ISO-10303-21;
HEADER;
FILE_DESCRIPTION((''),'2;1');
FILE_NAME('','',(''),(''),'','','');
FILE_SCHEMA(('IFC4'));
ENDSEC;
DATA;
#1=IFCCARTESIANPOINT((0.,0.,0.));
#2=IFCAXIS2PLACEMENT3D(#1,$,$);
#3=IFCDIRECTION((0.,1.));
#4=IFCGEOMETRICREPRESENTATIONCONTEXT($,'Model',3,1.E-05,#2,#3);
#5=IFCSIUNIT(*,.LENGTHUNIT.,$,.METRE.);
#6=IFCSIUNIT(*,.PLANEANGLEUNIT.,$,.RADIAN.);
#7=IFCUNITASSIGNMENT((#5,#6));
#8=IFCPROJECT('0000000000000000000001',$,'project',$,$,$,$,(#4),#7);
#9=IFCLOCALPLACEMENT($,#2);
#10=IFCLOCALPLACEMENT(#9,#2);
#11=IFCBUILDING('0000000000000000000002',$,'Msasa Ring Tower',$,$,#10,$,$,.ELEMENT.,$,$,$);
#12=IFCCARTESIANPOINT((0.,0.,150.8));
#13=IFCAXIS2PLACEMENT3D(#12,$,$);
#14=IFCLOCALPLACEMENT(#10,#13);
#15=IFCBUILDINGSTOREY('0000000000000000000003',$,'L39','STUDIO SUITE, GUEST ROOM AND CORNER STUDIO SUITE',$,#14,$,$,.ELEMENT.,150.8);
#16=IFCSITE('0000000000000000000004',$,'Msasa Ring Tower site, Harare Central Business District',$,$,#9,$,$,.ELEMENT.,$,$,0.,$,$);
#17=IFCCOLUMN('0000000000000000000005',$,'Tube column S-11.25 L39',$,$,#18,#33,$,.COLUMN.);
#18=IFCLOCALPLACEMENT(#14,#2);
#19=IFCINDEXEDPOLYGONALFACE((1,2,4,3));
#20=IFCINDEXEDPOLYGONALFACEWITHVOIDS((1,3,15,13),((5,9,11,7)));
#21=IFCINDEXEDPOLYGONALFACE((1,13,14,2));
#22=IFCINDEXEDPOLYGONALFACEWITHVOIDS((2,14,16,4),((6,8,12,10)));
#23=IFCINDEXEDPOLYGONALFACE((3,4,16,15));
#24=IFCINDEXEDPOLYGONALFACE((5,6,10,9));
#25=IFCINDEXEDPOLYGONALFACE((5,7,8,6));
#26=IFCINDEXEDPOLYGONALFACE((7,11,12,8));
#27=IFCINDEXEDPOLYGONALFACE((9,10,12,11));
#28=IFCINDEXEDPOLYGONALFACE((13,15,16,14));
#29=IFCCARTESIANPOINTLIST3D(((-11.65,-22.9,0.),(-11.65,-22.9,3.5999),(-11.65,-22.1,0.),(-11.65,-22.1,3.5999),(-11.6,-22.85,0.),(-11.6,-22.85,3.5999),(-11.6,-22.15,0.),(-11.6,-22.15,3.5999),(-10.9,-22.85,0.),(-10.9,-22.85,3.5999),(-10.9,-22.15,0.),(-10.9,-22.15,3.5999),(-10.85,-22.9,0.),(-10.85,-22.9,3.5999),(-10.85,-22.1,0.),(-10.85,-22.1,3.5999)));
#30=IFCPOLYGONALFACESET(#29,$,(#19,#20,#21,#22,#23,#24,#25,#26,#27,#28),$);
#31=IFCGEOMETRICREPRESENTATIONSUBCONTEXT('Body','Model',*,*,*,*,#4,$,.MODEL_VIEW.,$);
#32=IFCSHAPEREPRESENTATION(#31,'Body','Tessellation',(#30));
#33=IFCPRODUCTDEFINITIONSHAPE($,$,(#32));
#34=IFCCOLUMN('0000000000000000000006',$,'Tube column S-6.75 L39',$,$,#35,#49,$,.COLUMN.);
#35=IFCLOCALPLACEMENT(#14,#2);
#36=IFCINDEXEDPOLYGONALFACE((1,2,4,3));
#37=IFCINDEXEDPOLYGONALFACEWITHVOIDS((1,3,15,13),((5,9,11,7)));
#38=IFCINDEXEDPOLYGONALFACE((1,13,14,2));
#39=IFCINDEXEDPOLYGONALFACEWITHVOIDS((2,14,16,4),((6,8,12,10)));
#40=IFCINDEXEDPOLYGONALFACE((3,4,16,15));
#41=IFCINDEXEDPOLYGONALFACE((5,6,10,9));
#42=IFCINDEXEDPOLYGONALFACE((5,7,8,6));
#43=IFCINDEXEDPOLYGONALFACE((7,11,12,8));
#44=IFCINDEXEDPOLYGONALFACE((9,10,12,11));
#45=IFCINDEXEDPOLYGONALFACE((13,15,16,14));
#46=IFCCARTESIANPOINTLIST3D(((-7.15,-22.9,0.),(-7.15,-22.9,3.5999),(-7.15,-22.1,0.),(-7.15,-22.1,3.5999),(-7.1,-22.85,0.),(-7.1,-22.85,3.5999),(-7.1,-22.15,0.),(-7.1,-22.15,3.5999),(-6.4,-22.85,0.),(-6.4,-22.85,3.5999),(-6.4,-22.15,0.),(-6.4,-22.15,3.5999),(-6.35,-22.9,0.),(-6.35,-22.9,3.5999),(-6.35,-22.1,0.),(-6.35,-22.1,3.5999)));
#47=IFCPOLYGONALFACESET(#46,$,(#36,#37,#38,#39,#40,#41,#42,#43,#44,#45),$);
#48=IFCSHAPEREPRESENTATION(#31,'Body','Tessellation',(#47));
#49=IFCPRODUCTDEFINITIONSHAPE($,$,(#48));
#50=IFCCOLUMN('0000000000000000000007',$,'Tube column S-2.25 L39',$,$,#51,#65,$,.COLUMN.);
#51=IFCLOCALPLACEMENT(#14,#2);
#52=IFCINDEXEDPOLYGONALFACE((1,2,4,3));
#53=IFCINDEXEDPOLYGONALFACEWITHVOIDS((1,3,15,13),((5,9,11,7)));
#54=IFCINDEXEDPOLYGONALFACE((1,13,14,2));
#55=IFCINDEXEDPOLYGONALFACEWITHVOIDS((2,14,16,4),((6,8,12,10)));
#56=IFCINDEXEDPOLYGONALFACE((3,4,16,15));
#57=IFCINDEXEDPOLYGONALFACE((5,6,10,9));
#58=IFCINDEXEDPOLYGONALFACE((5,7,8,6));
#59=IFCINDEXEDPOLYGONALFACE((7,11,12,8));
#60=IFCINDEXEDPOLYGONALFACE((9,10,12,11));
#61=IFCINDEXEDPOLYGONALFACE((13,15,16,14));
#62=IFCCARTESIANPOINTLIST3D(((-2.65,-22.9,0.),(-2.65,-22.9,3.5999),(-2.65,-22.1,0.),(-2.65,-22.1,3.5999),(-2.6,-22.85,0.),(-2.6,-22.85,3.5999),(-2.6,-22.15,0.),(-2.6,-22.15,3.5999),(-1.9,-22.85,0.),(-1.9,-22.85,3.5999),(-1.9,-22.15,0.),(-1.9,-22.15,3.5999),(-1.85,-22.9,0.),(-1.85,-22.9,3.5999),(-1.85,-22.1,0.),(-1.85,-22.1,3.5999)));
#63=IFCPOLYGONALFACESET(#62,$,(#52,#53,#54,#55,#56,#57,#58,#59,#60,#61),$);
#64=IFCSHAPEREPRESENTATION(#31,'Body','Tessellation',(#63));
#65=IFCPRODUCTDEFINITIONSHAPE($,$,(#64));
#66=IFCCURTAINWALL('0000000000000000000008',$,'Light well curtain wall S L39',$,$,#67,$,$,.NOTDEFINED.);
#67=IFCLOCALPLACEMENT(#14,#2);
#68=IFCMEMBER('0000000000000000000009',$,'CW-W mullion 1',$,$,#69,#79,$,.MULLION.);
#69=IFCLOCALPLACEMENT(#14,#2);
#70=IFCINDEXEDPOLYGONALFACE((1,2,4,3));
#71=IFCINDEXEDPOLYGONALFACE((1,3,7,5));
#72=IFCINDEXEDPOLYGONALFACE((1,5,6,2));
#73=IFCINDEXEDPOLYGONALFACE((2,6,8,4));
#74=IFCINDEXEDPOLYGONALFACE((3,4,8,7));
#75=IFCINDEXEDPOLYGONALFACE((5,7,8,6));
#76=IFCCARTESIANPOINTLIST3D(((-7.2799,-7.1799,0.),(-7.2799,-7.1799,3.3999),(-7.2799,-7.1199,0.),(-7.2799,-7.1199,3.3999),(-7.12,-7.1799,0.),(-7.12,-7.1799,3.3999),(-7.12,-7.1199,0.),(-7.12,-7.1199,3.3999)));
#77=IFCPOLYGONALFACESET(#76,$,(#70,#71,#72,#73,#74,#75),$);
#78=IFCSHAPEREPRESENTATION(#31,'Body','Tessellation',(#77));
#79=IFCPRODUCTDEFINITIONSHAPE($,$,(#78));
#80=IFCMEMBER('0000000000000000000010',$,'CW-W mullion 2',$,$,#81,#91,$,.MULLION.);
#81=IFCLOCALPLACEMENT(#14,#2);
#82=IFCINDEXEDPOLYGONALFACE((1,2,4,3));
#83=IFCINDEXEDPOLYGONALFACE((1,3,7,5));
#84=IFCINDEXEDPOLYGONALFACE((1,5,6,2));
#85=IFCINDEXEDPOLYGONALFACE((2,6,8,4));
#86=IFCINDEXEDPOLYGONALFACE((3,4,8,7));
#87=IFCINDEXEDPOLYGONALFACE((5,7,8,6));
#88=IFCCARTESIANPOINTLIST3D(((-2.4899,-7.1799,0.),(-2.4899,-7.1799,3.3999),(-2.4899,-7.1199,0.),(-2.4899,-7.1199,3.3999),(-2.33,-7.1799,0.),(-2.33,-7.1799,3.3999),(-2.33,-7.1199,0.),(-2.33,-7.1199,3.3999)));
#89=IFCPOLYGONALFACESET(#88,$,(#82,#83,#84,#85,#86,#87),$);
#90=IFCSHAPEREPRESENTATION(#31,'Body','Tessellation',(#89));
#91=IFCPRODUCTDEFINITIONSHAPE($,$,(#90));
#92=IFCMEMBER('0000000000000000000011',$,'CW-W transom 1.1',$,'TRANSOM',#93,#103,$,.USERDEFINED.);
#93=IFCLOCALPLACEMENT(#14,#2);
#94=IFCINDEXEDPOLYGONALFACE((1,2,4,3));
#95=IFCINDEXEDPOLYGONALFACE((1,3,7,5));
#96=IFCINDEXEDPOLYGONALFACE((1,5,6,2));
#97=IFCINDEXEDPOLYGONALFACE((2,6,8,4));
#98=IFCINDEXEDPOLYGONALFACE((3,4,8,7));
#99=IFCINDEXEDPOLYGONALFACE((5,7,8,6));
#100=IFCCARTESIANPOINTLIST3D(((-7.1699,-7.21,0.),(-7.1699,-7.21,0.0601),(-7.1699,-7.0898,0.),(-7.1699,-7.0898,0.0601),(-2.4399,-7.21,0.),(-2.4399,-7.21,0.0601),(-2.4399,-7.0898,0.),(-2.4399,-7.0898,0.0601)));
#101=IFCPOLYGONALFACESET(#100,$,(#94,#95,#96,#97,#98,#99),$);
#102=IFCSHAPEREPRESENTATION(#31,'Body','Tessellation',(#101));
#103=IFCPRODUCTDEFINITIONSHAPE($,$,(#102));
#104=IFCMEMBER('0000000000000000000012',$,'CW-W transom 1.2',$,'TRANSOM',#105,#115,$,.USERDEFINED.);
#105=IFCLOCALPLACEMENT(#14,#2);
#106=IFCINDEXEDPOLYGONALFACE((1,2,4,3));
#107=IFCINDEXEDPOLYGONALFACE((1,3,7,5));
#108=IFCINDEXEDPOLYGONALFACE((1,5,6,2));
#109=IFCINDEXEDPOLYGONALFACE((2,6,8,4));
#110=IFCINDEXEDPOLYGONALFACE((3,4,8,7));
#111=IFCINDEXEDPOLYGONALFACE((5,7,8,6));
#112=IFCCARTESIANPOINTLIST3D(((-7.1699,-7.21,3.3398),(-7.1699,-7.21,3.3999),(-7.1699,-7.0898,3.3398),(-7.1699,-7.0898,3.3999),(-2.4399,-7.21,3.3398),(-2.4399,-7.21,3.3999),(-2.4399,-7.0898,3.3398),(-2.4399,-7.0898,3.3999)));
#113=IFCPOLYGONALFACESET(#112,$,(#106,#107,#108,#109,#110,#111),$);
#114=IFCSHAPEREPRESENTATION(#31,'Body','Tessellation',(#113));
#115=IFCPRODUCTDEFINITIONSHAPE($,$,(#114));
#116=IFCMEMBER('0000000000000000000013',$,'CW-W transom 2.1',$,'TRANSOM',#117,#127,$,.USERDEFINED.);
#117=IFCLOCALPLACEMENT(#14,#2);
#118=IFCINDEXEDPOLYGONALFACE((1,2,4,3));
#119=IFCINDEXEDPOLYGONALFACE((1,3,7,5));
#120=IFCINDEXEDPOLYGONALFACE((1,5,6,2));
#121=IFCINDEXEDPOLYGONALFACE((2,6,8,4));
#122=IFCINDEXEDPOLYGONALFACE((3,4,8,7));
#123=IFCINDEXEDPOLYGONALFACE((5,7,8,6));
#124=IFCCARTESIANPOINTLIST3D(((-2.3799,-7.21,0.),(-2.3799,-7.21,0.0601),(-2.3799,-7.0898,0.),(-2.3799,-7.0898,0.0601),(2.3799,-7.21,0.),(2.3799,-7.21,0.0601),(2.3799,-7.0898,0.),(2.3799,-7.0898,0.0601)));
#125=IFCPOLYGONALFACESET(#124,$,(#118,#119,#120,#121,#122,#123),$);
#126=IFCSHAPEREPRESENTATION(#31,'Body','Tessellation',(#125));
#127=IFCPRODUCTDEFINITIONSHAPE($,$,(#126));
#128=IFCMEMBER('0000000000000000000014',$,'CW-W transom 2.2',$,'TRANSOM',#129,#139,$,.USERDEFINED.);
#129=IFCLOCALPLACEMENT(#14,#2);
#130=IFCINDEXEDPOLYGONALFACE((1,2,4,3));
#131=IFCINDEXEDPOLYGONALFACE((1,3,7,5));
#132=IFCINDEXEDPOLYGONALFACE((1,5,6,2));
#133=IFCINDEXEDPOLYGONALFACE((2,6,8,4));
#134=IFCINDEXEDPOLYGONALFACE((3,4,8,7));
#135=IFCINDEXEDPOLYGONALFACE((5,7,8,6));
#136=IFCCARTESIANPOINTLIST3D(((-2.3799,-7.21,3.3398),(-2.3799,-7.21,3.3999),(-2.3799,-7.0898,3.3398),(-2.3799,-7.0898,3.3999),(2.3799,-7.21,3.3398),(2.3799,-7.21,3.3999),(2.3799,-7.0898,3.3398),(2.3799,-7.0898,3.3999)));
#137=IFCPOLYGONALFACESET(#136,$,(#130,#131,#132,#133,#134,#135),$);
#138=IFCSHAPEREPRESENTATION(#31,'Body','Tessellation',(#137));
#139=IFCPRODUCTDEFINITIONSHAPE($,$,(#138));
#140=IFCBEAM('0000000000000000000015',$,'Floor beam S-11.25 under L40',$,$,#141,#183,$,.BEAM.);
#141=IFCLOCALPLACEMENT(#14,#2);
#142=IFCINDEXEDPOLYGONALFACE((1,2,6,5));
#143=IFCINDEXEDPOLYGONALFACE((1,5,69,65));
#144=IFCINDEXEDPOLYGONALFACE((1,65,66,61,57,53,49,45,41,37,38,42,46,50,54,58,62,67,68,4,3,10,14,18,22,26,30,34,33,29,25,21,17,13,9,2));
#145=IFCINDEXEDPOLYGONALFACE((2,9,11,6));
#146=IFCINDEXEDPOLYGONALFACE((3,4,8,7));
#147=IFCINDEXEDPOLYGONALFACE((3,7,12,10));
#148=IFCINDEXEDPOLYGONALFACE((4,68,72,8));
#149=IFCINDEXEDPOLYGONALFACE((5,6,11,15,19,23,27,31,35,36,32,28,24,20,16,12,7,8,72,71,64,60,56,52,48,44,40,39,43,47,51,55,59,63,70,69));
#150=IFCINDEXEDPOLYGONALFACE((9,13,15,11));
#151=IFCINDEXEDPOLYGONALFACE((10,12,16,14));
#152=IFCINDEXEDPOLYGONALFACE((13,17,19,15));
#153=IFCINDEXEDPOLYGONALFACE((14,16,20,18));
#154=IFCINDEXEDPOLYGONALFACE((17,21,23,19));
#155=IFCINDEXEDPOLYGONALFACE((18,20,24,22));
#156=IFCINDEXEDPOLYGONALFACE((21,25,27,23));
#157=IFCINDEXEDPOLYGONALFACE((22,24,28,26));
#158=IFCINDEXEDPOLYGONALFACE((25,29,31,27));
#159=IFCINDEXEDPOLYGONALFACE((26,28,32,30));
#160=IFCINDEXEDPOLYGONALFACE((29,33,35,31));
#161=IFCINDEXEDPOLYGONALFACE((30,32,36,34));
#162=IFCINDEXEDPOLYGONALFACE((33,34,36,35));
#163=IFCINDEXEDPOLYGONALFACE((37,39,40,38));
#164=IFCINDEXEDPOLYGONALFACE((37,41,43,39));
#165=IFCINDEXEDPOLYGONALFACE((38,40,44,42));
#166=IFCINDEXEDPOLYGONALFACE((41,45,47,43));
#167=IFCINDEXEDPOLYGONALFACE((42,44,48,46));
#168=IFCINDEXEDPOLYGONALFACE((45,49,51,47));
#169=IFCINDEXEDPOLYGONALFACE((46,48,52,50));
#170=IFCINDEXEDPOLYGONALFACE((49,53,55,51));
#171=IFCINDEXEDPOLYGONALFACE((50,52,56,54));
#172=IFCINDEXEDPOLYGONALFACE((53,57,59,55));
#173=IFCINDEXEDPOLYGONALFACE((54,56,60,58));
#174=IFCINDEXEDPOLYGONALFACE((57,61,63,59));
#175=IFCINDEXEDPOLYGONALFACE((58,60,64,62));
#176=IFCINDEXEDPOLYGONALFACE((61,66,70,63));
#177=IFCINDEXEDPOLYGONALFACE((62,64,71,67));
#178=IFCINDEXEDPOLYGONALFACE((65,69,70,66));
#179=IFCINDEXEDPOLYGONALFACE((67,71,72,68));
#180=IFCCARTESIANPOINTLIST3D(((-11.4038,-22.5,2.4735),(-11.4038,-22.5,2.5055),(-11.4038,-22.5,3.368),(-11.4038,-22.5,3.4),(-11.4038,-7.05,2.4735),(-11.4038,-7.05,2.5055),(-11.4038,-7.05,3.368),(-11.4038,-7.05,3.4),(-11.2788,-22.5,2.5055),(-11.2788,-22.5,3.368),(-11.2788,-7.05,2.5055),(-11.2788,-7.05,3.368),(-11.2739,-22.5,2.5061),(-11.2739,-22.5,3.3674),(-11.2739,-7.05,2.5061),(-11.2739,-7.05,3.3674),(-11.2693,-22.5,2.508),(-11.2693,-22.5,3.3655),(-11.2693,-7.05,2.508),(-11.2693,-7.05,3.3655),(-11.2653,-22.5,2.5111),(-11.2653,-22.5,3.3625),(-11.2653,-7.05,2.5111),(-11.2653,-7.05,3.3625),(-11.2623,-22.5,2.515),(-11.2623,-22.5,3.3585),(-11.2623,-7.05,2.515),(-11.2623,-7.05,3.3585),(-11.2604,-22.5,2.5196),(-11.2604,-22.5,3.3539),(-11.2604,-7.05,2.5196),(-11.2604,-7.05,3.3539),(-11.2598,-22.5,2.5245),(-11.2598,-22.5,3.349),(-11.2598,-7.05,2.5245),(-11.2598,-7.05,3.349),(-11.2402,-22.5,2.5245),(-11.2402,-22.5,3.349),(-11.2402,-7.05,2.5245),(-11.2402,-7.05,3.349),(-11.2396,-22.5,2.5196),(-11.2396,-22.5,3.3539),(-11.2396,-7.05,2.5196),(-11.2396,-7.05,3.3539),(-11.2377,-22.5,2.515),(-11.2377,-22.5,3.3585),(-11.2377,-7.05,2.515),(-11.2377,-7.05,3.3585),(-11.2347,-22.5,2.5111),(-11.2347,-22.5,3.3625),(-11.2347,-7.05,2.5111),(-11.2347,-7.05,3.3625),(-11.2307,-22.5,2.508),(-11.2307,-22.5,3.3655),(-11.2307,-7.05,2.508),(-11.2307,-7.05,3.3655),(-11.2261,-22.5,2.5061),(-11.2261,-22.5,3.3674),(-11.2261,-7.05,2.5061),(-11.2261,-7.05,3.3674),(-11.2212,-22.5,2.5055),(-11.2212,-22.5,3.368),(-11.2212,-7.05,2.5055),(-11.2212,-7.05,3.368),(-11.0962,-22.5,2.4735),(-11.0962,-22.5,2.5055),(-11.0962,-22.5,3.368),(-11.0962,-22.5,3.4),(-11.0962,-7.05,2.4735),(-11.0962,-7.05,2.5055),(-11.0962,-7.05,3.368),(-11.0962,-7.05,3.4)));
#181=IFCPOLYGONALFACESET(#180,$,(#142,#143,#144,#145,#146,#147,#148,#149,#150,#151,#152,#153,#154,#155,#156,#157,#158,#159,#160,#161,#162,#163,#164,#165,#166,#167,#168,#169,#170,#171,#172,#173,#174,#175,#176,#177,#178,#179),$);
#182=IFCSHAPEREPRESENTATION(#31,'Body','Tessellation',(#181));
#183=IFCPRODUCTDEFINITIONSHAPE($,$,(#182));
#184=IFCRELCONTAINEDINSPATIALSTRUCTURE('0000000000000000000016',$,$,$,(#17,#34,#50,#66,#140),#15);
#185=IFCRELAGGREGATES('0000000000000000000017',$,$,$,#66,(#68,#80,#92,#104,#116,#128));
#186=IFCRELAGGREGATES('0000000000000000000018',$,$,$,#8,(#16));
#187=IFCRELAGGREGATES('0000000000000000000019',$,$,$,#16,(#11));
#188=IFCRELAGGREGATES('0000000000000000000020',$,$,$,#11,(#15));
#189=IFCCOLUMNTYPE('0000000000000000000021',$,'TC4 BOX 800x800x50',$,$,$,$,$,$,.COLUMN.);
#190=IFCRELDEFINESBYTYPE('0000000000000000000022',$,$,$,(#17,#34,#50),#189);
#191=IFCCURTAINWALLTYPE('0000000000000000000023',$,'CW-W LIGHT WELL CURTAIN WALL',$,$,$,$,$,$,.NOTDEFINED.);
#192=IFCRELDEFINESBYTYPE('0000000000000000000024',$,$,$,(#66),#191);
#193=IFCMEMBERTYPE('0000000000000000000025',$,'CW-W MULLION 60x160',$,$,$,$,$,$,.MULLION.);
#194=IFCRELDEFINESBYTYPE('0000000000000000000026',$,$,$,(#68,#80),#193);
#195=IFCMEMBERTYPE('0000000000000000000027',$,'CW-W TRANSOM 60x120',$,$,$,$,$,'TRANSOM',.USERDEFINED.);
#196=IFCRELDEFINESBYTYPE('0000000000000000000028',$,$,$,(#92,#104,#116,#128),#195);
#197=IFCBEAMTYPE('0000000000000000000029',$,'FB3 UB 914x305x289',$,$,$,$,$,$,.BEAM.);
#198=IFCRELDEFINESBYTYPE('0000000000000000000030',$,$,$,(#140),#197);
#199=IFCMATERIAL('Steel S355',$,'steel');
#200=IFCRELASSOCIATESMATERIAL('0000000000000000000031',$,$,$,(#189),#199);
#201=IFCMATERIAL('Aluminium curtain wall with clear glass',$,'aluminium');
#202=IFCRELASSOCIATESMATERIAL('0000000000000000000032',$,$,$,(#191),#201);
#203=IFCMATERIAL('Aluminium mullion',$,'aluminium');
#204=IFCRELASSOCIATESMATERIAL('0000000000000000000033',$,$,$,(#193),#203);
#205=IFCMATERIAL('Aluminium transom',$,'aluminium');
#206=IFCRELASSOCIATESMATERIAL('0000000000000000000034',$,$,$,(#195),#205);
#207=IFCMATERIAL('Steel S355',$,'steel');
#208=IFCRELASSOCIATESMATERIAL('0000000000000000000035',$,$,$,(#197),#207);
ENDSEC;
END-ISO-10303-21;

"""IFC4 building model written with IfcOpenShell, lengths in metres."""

from ifc_helpers import new_model, si_unit, direction, frame, origin, origin_2d, place, context, subcontext, project, spatial, rectangle, hollow_rectangle, i_section, extrude, material, material_profile, profile_set, type_object, element, aggregate, save


model = new_model("IFC4")

# Units and contexts
model_context = context("Model", 3, precision=1e-05, world=origin(), true_north=direction((0.0, 1.0)))
body_context = subcontext(model_context, "Body", "Model", "MODEL_VIEW")
ifc_project = project(units=[si_unit("LENGTHUNIT", "METRE"), si_unit("PLANEANGLEUNIT", "RADIAN")], contexts=[model_context])

# Site, building, storey
site_placement = place(None, origin())
site = spatial("IfcSite", under=ifc_project, at=site_placement, Name="Msasa Ring Tower site, Harare Central Business District", CompositionType="ELEMENT", RefElevation=0.0)
building_placement = place(site_placement, origin())
building = spatial("IfcBuilding", under=site, at=building_placement, Name="Msasa Ring Tower", CompositionType="ELEMENT")
storey_placement = place(building_placement, frame((0.0, 0.0, 150.8)))
storey = spatial("IfcBuildingStorey", under=building, at=storey_placement, Name="L39", Description="STUDIO SUITE, GUEST ROOM AND CORNER STUDIO SUITE", CompositionType="ELEMENT", Elevation=150.8)

# Columns
ifc_material_1 = material(Name="Steel S355", Category="steel")
ifc_material_profile_1 = material_profile(ifc_material_1, hollow_rectangle(XDim=0.8, YDim=0.8, WallThickness=0.05, at=origin_2d()), Name="BOX 800x800x50")
ifc_profile_set_1 = profile_set([ifc_material_profile_1], Name="Steel S355")
column_type = type_object("IfcColumnType", Name="TC4 BOX 800x800x50", PredefinedType="COLUMN", material=ifc_profile_set_1)
for number, where, z_axis, x_axis, name in (
    (1, (-11.25, -22.5, 0.0), (0.0, 0.0, 1.0), (0.0, 1.0, 0.0), "Tube column S-11.25 L39"),
    (2, (-6.75, -22.5, 0.0), (0.0, 0.0, 1.0), (0.0, 1.0, 0.0), "Tube column S-6.75 L39"),
    (3, (-2.25, -22.5, 0.0), (0.0, 0.0, 1.0), (0.0, 1.0, 0.0), "Tube column S-2.25 L39"),
):
    element("IfcColumn", number, at=place(storey_placement, frame(where, z_axis=z_axis, x_axis=x_axis)), inside=storey, type_object=column_type, Name=name, PredefinedType="COLUMN", context=body_context, shape_type="SweptSolid", body=[
        extrude(hollow_rectangle(XDim=0.8, YDim=0.8, WallThickness=0.05, at=origin_2d()), origin(), (0.0, 0.0, 1.0), 3.5999),
    ])

# Curtain wall, members
ifc_material_2 = material(Name="Aluminium curtain wall with clear glass", Category="aluminium")
curtain_wall_type = type_object("IfcCurtainWallType", Name="CW-W LIGHT WELL CURTAIN WALL", PredefinedType="NOTDEFINED", material=ifc_material_2)
curtain_wall_placement = place(storey_placement, origin())
curtain_wall = element("IfcCurtainWall", 4, at=curtain_wall_placement, inside=storey, type_object=curtain_wall_type, Name="Light well curtain wall S L39", PredefinedType="NOTDEFINED")
ifc_material_3 = material(Name="Aluminium mullion", Category="aluminium")
ifc_material_profile_2 = material_profile(ifc_material_3, rectangle(XDim=0.0601, YDim=0.1599, at=origin_2d()), Name="AL 60x160")
ifc_profile_set_2 = profile_set([ifc_material_profile_2], Name="Aluminium mullion")
member_type_1 = type_object("IfcMemberType", Name="CW-W MULLION 60x160", PredefinedType="MULLION", material=ifc_profile_set_2)
member_1_placement = place(storey_placement, frame((-7.2, -7.1499, 0.0), z_axis=(0.0, 0.0, 1.0), x_axis=(0.0, 1.0, 0.0)))
member_1 = element("IfcMember", 5, at=member_1_placement, type_object=member_type_1, Name="CW-W mullion 1", PredefinedType="MULLION", context=body_context, shape_type="SweptSolid", body=[
    extrude(rectangle(XDim=0.0601, YDim=0.1599, at=origin_2d()), origin(), (0.0, 0.0, 1.0), 3.3999),
])
member_2_placement = place(storey_placement, frame((-2.4099, -7.1499, 0.0), z_axis=(0.0, 0.0, 1.0), x_axis=(0.0, 1.0, 0.0)))
member_2 = element("IfcMember", 6, at=member_2_placement, type_object=member_type_1, Name="CW-W mullion 2", PredefinedType="MULLION", context=body_context, shape_type="SweptSolid", body=[
    extrude(rectangle(XDim=0.0601, YDim=0.1599, at=origin_2d()), origin(), (0.0, 0.0, 1.0), 3.3999),
])
ifc_material_4 = material(Name="Aluminium transom", Category="aluminium")
ifc_material_profile_3 = material_profile(ifc_material_4, rectangle(XDim=0.1201, YDim=0.0601, at=origin_2d()), Name="AL 60x120")
ifc_profile_set_3 = profile_set([ifc_material_profile_3], Name="Aluminium transom")
member_type_2 = type_object("IfcMemberType", Name="CW-W TRANSOM 60x120", ElementType="TRANSOM", PredefinedType="USERDEFINED", material=ifc_profile_set_3)
member_3_placement = place(storey_placement, frame((-7.1699, -7.1499, 0.03), z_axis=(1.0, 0.0, 0.0), x_axis=(0.0, 1.0, 0.0)))
member_3 = element("IfcMember", 7, at=member_3_placement, type_object=member_type_2, Name="CW-W transom 1.1", ObjectType="TRANSOM", PredefinedType="USERDEFINED", context=body_context, shape_type="SweptSolid", body=[
    extrude(rectangle(XDim=0.1201, YDim=0.0601, at=origin_2d()), origin(), (0.0, 0.0, 1.0), 4.73),
])
member_4_placement = place(storey_placement, frame((-7.1699, -7.1499, 3.3699), z_axis=(1.0, 0.0, 0.0), x_axis=(0.0, 1.0, 0.0)))
member_4 = element("IfcMember", 8, at=member_4_placement, type_object=member_type_2, Name="CW-W transom 1.2", ObjectType="TRANSOM", PredefinedType="USERDEFINED", context=body_context, shape_type="SweptSolid", body=[
    extrude(rectangle(XDim=0.1201, YDim=0.0601, at=origin_2d()), origin(), (0.0, 0.0, 1.0), 4.73),
])
member_5_placement = place(storey_placement, frame((-2.3799, -7.1499, 0.03), z_axis=(1.0, 0.0, 0.0), x_axis=(0.0, 1.0, 0.0)))
member_5 = element("IfcMember", 9, at=member_5_placement, type_object=member_type_2, Name="CW-W transom 2.1", ObjectType="TRANSOM", PredefinedType="USERDEFINED", context=body_context, shape_type="SweptSolid", body=[
    extrude(rectangle(XDim=0.1201, YDim=0.0601, at=origin_2d()), origin(), (0.0, 0.0, 1.0), 4.7598),
])
member_6_placement = place(storey_placement, frame((-2.3799, -7.1499, 3.3699), z_axis=(1.0, 0.0, 0.0), x_axis=(0.0, 1.0, 0.0)))
member_6 = element("IfcMember", 10, at=member_6_placement, type_object=member_type_2, Name="CW-W transom 2.2", ObjectType="TRANSOM", PredefinedType="USERDEFINED", context=body_context, shape_type="SweptSolid", body=[
    extrude(rectangle(XDim=0.1201, YDim=0.0601, at=origin_2d()), origin(), (0.0, 0.0, 1.0), 4.7598),
])

# Beam
ifc_material_5 = material(Name="Steel S355", Category="steel")
ifc_material_profile_4 = material_profile(ifc_material_5, i_section(OverallWidth=0.3076, OverallDepth=0.9265, WebThickness=0.0195, FlangeThickness=0.032, FilletRadius=0.019, at=origin_2d()), Name="UB 914x305x289")
ifc_profile_set_4 = profile_set([ifc_material_profile_4], Name="Steel S355")
beam_type_1 = type_object("IfcBeamType", Name="FB3 UB 914x305x289", PredefinedType="BEAM", material=ifc_profile_set_4)
beam_placement = place(storey_placement, frame((-11.25, -22.5, 2.9368), z_axis=(0.0, 1.0, 0.0), x_axis=(-1.0, 0.0, 0.0)))
element("IfcBeam", 11, at=beam_placement, inside=storey, type_object=beam_type_1, Name="Floor beam S-11.25 under L40", PredefinedType="BEAM", context=body_context, shape_type="SweptSolid", body=[
    extrude(i_section(OverallWidth=0.3076, OverallDepth=0.9265, WebThickness=0.0195, FlangeThickness=0.032, FilletRadius=0.019, at=origin_2d()), origin(), (0.0, 0.0, 1.0), 15.45),
])

aggregate(curtain_wall, [member_1, member_2, member_3, member_4, member_5, member_6])

save(model, "model.ifc")
